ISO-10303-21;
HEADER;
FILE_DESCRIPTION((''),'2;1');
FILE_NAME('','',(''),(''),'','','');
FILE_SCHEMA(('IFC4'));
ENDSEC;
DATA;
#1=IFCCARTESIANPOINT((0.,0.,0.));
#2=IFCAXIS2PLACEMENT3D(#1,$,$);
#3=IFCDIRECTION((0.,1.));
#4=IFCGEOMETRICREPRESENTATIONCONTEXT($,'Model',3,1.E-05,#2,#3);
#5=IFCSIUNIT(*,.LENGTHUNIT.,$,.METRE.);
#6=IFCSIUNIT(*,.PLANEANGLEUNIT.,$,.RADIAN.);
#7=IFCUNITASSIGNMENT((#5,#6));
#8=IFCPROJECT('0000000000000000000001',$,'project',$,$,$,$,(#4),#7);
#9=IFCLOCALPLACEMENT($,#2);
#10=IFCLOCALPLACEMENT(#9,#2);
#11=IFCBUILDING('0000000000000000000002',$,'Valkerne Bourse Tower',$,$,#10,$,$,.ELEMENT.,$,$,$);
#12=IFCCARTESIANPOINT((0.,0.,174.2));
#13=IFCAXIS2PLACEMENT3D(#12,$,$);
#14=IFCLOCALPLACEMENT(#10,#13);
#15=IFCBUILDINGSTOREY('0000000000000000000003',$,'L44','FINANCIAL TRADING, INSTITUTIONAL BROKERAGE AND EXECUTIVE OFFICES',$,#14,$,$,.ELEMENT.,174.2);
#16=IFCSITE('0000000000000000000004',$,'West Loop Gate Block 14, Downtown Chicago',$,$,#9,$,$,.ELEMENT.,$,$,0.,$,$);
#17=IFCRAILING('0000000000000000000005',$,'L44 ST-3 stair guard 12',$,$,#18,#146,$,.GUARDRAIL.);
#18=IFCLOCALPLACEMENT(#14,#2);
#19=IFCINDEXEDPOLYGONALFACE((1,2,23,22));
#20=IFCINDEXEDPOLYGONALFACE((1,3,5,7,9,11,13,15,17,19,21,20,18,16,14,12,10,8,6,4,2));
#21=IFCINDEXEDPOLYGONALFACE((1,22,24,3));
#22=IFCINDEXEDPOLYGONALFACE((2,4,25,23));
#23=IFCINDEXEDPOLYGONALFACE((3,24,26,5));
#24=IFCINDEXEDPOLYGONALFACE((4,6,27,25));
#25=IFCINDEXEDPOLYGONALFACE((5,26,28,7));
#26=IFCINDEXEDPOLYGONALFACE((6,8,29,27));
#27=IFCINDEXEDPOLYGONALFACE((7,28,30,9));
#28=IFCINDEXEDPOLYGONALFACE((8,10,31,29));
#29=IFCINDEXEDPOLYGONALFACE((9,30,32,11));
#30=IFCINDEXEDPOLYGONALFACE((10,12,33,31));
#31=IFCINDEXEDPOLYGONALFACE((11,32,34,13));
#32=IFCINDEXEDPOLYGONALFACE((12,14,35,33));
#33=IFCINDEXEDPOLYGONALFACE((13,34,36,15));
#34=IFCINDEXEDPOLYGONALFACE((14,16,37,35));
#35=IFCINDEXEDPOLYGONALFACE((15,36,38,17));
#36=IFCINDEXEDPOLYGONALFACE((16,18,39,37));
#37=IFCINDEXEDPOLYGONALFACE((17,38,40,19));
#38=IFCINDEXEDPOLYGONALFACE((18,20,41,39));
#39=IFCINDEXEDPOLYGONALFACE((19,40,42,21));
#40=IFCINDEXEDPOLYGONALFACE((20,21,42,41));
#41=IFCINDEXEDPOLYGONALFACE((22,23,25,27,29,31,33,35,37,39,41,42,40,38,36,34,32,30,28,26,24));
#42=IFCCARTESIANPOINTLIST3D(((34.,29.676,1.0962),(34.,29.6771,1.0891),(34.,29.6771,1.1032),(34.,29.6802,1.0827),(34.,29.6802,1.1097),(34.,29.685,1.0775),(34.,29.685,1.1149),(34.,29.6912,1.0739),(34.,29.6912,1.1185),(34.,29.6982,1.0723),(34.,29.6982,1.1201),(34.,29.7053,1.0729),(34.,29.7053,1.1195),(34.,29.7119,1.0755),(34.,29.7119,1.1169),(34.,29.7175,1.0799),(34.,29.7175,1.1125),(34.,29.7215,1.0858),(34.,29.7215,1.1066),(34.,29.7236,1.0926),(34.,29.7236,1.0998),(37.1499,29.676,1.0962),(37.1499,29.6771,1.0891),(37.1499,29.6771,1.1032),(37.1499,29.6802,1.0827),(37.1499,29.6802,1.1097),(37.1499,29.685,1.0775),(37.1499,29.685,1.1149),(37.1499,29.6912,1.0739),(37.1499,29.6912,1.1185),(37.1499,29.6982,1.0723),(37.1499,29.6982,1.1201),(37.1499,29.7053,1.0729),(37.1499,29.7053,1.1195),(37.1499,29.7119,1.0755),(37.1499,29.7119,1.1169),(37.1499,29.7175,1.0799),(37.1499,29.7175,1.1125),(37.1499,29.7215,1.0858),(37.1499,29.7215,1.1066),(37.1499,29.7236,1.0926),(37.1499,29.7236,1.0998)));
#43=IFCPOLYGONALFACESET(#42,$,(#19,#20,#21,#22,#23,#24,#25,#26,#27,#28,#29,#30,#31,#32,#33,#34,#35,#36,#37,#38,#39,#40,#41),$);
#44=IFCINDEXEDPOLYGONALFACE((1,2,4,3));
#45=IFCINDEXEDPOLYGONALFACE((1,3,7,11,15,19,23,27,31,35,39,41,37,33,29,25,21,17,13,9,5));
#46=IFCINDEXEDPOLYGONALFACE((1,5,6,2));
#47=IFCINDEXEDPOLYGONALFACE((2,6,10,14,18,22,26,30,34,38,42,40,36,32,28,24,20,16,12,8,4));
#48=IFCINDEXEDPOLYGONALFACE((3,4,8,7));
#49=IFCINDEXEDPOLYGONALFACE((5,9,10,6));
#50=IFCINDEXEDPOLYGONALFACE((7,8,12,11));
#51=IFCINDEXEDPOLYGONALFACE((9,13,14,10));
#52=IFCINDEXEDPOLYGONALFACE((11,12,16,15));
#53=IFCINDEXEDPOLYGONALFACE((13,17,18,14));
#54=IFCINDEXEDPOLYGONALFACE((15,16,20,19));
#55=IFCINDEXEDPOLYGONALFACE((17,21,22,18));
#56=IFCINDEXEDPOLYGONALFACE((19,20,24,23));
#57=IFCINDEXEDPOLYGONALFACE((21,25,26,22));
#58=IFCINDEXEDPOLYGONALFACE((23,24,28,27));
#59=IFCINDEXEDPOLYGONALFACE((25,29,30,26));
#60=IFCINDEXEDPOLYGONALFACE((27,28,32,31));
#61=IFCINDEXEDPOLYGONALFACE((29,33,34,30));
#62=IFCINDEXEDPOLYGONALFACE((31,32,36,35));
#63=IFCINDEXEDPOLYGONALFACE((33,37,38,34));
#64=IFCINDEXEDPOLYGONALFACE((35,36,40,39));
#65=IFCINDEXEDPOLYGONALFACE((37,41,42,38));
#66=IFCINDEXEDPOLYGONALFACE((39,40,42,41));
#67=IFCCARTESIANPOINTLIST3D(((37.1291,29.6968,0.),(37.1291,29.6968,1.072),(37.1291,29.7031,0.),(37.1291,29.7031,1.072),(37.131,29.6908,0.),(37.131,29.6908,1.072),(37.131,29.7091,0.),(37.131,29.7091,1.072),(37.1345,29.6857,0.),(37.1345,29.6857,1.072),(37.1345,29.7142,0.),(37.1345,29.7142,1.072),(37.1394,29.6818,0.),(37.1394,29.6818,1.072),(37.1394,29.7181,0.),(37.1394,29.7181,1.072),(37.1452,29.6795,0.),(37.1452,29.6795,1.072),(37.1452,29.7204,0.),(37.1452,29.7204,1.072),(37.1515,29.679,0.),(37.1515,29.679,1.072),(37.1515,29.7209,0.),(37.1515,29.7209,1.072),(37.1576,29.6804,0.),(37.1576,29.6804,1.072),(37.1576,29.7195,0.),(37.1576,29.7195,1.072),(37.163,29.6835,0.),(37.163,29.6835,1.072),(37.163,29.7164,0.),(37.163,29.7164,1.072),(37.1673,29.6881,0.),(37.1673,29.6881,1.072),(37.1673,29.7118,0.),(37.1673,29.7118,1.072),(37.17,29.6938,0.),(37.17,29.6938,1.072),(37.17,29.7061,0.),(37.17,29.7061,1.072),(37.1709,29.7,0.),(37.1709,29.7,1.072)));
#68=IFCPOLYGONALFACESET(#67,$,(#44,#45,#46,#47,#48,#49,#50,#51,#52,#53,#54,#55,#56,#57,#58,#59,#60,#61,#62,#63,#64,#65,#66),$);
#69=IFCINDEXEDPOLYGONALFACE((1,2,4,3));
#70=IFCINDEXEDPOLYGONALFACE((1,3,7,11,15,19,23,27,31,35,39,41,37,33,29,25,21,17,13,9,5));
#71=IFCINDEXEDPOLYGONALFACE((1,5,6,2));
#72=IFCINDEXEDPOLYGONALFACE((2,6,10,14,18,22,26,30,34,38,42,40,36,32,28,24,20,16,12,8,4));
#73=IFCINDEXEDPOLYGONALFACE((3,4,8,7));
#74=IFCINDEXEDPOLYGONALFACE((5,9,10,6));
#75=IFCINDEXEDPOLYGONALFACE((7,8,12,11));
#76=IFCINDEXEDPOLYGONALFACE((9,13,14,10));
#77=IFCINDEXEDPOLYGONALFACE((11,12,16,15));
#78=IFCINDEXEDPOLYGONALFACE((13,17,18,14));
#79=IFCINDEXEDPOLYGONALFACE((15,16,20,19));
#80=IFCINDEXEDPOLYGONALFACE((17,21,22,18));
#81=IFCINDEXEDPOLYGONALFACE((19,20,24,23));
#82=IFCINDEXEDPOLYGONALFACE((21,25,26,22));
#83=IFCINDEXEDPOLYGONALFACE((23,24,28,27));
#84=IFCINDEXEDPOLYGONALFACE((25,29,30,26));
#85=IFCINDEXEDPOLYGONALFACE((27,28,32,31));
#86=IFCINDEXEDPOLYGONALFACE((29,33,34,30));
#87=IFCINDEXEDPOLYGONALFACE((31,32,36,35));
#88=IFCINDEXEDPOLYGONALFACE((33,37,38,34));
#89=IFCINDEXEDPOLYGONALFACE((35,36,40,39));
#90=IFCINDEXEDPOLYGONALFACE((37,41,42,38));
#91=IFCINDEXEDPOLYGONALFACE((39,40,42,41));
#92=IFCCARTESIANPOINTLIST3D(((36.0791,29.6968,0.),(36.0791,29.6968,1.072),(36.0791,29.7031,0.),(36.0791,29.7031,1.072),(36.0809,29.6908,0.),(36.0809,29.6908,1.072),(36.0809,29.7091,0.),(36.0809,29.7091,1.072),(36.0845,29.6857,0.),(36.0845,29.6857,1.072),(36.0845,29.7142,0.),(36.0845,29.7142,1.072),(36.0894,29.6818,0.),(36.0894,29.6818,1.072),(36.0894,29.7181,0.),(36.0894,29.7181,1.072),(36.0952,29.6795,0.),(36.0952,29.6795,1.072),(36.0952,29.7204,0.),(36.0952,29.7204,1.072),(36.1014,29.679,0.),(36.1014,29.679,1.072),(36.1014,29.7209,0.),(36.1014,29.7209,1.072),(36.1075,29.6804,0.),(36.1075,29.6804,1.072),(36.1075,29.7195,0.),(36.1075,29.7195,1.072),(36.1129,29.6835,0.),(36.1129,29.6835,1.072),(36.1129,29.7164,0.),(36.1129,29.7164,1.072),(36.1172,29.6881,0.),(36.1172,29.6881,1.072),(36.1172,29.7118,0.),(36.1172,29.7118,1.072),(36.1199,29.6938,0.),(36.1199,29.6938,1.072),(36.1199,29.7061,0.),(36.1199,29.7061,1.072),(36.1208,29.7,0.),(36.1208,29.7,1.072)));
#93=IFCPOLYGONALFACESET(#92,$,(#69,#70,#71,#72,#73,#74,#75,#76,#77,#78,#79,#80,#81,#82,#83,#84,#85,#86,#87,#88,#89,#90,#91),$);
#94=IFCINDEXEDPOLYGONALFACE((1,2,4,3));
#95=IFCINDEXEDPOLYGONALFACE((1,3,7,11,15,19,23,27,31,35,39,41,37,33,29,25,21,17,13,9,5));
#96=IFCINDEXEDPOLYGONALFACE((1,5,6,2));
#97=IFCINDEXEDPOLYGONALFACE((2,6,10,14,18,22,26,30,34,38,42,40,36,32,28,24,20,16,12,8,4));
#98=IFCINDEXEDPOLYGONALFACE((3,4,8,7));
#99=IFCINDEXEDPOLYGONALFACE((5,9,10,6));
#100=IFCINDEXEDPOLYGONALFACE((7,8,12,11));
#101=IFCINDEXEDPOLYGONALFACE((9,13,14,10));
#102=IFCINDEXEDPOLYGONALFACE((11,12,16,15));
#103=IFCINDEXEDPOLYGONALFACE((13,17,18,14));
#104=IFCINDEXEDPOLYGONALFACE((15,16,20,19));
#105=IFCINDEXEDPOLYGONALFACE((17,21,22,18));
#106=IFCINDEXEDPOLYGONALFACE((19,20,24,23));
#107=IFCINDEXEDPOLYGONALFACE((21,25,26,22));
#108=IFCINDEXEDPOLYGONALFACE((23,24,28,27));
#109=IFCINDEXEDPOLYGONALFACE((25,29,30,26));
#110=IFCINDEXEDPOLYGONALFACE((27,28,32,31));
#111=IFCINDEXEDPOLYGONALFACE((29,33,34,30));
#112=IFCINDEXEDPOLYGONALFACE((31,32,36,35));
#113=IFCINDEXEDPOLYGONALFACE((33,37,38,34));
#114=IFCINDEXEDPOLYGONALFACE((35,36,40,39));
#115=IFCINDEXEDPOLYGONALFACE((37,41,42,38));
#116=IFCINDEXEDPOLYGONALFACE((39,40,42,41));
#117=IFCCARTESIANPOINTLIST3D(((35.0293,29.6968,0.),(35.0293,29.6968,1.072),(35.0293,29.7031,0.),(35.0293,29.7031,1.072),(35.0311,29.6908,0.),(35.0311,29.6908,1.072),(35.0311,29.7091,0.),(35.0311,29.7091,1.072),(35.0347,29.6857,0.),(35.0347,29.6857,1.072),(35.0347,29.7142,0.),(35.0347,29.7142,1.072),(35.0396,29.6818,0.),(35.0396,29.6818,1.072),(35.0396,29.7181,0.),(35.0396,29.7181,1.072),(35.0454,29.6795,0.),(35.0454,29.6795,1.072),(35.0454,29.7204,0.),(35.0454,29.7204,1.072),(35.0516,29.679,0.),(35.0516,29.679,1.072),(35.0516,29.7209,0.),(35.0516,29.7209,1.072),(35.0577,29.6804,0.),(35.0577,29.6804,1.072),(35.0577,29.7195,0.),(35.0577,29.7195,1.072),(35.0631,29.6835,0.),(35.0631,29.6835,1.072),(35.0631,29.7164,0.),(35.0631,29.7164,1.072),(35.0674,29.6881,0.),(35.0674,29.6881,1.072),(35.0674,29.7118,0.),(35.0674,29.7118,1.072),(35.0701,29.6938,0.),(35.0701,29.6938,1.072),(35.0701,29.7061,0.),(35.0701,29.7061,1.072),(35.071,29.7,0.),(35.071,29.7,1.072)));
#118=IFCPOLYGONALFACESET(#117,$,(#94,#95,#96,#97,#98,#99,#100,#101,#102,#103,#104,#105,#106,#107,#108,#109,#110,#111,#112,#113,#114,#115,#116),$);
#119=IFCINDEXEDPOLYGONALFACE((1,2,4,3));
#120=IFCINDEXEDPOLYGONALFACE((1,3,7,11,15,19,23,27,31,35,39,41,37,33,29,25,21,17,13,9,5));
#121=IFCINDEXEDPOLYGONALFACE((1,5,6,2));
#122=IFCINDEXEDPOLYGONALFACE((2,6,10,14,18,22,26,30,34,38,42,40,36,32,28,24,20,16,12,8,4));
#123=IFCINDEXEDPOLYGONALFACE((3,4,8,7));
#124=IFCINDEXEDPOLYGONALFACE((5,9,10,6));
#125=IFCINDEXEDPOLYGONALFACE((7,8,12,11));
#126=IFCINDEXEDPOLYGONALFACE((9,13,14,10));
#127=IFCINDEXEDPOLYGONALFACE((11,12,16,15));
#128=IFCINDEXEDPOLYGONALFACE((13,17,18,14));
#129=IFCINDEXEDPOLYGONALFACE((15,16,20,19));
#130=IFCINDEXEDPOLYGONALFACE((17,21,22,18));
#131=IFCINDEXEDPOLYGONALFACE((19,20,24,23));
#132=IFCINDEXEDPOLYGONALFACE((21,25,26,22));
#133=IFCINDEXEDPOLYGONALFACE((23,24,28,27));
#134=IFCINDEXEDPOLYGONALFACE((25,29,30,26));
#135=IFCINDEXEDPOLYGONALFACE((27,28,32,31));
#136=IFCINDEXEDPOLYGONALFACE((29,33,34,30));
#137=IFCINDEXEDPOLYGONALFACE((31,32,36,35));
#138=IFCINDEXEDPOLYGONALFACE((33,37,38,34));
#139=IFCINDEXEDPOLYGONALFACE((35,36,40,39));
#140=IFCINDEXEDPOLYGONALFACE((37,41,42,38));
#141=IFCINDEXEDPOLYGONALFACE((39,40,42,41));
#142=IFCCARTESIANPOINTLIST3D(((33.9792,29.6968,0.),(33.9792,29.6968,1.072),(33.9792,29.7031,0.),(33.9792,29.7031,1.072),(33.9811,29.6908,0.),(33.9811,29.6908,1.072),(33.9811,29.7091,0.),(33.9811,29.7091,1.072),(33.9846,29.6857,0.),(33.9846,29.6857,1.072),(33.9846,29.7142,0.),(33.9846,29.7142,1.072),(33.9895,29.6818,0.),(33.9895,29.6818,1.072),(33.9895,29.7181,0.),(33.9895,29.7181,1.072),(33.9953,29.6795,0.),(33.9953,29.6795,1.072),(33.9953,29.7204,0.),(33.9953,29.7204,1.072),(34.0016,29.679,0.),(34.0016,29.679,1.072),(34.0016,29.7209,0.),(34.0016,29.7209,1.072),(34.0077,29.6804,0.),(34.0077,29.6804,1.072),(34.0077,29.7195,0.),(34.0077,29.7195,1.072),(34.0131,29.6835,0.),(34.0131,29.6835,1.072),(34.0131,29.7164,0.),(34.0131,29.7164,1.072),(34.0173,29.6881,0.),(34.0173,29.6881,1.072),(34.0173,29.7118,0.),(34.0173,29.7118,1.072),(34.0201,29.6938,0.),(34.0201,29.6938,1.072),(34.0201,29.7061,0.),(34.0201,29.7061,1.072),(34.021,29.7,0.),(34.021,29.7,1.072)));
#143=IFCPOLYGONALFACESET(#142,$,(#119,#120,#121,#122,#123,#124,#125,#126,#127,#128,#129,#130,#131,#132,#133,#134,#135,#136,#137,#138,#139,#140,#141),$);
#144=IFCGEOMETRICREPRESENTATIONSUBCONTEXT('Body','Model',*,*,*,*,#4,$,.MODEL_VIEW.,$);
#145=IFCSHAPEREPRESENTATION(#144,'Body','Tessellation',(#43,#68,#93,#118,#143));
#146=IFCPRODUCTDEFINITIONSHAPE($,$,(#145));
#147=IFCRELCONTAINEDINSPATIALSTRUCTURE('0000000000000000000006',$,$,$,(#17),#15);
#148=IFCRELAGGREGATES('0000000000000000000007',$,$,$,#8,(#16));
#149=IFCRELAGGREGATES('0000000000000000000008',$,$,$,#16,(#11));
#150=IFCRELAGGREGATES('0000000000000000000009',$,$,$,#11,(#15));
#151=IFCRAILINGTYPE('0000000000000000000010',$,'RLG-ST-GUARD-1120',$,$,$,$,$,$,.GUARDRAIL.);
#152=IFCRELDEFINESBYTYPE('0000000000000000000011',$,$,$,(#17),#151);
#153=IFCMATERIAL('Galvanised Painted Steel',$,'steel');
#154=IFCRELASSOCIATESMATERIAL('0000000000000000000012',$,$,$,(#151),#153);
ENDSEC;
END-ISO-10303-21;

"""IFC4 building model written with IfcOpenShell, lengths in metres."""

from ifc_helpers import new_model, si_unit, direction, frame, origin, origin_2d, place, context, subcontext, project, spatial, circle, extrude, material, type_object, element, save


model = new_model("IFC4")

# Units and contexts
model_context = context("Model", 3, precision=1e-05, world=origin(), true_north=direction((0.0, 1.0)))
body_context = subcontext(model_context, "Body", "Model", "MODEL_VIEW")
ifc_project = project(units=[si_unit("LENGTHUNIT", "METRE"), si_unit("PLANEANGLEUNIT", "RADIAN")], contexts=[model_context])

# Site, building, storey
site_placement = place(None, origin())
site = spatial("IfcSite", under=ifc_project, at=site_placement, Name="West Loop Gate Block 14, Downtown Chicago", CompositionType="ELEMENT", RefElevation=0.0)
building_placement = place(site_placement, origin())
building = spatial("IfcBuilding", under=site, at=building_placement, Name="Valkerne Bourse Tower", CompositionType="ELEMENT")
storey_placement = place(building_placement, frame((0.0, 0.0, 174.2)))
storey = spatial("IfcBuildingStorey", under=building, at=storey_placement, Name="L44", Description="FINANCIAL TRADING, INSTITUTIONAL BROKERAGE AND EXECUTIVE OFFICES", CompositionType="ELEMENT", Elevation=174.2)

# Railing
ifc_material_1 = material(Name="Galvanised Painted Steel", Category="steel")
railing_type_1 = type_object("IfcRailingType", Name="RLG-ST-GUARD-1120", PredefinedType="GUARDRAIL", material=ifc_material_1)
railing_1_placement = place(storey_placement, frame((37.1499, 29.7, 0.0)))
element("IfcRailing", 1, at=railing_1_placement, inside=storey, type_object=railing_type_1, Name="L44 ST-3 stair guard 12", PredefinedType="GUARDRAIL", context=body_context, shape_type="SweptSolid", body=[
    extrude(circle(Radius=0.0239, at=origin_2d()), frame((0.0, 0.0, 1.0962), z_axis=(-1.0, 0.0, 0.0), x_axis=(0.0, -1.0, 0.0)), (0.0, 0.0, 1.0), 3.1499),
    extrude(circle(Radius=0.021, at=origin_2d()), origin(), (0.0, 0.0, 1.0), 1.072),
    extrude(circle(Radius=0.021, at=origin_2d()), frame((-1.05, 0.0, 0.0)), (0.0, 0.0, 1.0), 1.072),
    extrude(circle(Radius=0.021, at=origin_2d()), frame((-2.0999, 0.0, 0.0)), (0.0, 0.0, 1.0), 1.072),
    extrude(circle(Radius=0.021, at=origin_2d()), frame((-3.1499, 0.0, 0.0)), (0.0, 0.0, 1.0), 1.072),
])

save(model, "model.ifc")
